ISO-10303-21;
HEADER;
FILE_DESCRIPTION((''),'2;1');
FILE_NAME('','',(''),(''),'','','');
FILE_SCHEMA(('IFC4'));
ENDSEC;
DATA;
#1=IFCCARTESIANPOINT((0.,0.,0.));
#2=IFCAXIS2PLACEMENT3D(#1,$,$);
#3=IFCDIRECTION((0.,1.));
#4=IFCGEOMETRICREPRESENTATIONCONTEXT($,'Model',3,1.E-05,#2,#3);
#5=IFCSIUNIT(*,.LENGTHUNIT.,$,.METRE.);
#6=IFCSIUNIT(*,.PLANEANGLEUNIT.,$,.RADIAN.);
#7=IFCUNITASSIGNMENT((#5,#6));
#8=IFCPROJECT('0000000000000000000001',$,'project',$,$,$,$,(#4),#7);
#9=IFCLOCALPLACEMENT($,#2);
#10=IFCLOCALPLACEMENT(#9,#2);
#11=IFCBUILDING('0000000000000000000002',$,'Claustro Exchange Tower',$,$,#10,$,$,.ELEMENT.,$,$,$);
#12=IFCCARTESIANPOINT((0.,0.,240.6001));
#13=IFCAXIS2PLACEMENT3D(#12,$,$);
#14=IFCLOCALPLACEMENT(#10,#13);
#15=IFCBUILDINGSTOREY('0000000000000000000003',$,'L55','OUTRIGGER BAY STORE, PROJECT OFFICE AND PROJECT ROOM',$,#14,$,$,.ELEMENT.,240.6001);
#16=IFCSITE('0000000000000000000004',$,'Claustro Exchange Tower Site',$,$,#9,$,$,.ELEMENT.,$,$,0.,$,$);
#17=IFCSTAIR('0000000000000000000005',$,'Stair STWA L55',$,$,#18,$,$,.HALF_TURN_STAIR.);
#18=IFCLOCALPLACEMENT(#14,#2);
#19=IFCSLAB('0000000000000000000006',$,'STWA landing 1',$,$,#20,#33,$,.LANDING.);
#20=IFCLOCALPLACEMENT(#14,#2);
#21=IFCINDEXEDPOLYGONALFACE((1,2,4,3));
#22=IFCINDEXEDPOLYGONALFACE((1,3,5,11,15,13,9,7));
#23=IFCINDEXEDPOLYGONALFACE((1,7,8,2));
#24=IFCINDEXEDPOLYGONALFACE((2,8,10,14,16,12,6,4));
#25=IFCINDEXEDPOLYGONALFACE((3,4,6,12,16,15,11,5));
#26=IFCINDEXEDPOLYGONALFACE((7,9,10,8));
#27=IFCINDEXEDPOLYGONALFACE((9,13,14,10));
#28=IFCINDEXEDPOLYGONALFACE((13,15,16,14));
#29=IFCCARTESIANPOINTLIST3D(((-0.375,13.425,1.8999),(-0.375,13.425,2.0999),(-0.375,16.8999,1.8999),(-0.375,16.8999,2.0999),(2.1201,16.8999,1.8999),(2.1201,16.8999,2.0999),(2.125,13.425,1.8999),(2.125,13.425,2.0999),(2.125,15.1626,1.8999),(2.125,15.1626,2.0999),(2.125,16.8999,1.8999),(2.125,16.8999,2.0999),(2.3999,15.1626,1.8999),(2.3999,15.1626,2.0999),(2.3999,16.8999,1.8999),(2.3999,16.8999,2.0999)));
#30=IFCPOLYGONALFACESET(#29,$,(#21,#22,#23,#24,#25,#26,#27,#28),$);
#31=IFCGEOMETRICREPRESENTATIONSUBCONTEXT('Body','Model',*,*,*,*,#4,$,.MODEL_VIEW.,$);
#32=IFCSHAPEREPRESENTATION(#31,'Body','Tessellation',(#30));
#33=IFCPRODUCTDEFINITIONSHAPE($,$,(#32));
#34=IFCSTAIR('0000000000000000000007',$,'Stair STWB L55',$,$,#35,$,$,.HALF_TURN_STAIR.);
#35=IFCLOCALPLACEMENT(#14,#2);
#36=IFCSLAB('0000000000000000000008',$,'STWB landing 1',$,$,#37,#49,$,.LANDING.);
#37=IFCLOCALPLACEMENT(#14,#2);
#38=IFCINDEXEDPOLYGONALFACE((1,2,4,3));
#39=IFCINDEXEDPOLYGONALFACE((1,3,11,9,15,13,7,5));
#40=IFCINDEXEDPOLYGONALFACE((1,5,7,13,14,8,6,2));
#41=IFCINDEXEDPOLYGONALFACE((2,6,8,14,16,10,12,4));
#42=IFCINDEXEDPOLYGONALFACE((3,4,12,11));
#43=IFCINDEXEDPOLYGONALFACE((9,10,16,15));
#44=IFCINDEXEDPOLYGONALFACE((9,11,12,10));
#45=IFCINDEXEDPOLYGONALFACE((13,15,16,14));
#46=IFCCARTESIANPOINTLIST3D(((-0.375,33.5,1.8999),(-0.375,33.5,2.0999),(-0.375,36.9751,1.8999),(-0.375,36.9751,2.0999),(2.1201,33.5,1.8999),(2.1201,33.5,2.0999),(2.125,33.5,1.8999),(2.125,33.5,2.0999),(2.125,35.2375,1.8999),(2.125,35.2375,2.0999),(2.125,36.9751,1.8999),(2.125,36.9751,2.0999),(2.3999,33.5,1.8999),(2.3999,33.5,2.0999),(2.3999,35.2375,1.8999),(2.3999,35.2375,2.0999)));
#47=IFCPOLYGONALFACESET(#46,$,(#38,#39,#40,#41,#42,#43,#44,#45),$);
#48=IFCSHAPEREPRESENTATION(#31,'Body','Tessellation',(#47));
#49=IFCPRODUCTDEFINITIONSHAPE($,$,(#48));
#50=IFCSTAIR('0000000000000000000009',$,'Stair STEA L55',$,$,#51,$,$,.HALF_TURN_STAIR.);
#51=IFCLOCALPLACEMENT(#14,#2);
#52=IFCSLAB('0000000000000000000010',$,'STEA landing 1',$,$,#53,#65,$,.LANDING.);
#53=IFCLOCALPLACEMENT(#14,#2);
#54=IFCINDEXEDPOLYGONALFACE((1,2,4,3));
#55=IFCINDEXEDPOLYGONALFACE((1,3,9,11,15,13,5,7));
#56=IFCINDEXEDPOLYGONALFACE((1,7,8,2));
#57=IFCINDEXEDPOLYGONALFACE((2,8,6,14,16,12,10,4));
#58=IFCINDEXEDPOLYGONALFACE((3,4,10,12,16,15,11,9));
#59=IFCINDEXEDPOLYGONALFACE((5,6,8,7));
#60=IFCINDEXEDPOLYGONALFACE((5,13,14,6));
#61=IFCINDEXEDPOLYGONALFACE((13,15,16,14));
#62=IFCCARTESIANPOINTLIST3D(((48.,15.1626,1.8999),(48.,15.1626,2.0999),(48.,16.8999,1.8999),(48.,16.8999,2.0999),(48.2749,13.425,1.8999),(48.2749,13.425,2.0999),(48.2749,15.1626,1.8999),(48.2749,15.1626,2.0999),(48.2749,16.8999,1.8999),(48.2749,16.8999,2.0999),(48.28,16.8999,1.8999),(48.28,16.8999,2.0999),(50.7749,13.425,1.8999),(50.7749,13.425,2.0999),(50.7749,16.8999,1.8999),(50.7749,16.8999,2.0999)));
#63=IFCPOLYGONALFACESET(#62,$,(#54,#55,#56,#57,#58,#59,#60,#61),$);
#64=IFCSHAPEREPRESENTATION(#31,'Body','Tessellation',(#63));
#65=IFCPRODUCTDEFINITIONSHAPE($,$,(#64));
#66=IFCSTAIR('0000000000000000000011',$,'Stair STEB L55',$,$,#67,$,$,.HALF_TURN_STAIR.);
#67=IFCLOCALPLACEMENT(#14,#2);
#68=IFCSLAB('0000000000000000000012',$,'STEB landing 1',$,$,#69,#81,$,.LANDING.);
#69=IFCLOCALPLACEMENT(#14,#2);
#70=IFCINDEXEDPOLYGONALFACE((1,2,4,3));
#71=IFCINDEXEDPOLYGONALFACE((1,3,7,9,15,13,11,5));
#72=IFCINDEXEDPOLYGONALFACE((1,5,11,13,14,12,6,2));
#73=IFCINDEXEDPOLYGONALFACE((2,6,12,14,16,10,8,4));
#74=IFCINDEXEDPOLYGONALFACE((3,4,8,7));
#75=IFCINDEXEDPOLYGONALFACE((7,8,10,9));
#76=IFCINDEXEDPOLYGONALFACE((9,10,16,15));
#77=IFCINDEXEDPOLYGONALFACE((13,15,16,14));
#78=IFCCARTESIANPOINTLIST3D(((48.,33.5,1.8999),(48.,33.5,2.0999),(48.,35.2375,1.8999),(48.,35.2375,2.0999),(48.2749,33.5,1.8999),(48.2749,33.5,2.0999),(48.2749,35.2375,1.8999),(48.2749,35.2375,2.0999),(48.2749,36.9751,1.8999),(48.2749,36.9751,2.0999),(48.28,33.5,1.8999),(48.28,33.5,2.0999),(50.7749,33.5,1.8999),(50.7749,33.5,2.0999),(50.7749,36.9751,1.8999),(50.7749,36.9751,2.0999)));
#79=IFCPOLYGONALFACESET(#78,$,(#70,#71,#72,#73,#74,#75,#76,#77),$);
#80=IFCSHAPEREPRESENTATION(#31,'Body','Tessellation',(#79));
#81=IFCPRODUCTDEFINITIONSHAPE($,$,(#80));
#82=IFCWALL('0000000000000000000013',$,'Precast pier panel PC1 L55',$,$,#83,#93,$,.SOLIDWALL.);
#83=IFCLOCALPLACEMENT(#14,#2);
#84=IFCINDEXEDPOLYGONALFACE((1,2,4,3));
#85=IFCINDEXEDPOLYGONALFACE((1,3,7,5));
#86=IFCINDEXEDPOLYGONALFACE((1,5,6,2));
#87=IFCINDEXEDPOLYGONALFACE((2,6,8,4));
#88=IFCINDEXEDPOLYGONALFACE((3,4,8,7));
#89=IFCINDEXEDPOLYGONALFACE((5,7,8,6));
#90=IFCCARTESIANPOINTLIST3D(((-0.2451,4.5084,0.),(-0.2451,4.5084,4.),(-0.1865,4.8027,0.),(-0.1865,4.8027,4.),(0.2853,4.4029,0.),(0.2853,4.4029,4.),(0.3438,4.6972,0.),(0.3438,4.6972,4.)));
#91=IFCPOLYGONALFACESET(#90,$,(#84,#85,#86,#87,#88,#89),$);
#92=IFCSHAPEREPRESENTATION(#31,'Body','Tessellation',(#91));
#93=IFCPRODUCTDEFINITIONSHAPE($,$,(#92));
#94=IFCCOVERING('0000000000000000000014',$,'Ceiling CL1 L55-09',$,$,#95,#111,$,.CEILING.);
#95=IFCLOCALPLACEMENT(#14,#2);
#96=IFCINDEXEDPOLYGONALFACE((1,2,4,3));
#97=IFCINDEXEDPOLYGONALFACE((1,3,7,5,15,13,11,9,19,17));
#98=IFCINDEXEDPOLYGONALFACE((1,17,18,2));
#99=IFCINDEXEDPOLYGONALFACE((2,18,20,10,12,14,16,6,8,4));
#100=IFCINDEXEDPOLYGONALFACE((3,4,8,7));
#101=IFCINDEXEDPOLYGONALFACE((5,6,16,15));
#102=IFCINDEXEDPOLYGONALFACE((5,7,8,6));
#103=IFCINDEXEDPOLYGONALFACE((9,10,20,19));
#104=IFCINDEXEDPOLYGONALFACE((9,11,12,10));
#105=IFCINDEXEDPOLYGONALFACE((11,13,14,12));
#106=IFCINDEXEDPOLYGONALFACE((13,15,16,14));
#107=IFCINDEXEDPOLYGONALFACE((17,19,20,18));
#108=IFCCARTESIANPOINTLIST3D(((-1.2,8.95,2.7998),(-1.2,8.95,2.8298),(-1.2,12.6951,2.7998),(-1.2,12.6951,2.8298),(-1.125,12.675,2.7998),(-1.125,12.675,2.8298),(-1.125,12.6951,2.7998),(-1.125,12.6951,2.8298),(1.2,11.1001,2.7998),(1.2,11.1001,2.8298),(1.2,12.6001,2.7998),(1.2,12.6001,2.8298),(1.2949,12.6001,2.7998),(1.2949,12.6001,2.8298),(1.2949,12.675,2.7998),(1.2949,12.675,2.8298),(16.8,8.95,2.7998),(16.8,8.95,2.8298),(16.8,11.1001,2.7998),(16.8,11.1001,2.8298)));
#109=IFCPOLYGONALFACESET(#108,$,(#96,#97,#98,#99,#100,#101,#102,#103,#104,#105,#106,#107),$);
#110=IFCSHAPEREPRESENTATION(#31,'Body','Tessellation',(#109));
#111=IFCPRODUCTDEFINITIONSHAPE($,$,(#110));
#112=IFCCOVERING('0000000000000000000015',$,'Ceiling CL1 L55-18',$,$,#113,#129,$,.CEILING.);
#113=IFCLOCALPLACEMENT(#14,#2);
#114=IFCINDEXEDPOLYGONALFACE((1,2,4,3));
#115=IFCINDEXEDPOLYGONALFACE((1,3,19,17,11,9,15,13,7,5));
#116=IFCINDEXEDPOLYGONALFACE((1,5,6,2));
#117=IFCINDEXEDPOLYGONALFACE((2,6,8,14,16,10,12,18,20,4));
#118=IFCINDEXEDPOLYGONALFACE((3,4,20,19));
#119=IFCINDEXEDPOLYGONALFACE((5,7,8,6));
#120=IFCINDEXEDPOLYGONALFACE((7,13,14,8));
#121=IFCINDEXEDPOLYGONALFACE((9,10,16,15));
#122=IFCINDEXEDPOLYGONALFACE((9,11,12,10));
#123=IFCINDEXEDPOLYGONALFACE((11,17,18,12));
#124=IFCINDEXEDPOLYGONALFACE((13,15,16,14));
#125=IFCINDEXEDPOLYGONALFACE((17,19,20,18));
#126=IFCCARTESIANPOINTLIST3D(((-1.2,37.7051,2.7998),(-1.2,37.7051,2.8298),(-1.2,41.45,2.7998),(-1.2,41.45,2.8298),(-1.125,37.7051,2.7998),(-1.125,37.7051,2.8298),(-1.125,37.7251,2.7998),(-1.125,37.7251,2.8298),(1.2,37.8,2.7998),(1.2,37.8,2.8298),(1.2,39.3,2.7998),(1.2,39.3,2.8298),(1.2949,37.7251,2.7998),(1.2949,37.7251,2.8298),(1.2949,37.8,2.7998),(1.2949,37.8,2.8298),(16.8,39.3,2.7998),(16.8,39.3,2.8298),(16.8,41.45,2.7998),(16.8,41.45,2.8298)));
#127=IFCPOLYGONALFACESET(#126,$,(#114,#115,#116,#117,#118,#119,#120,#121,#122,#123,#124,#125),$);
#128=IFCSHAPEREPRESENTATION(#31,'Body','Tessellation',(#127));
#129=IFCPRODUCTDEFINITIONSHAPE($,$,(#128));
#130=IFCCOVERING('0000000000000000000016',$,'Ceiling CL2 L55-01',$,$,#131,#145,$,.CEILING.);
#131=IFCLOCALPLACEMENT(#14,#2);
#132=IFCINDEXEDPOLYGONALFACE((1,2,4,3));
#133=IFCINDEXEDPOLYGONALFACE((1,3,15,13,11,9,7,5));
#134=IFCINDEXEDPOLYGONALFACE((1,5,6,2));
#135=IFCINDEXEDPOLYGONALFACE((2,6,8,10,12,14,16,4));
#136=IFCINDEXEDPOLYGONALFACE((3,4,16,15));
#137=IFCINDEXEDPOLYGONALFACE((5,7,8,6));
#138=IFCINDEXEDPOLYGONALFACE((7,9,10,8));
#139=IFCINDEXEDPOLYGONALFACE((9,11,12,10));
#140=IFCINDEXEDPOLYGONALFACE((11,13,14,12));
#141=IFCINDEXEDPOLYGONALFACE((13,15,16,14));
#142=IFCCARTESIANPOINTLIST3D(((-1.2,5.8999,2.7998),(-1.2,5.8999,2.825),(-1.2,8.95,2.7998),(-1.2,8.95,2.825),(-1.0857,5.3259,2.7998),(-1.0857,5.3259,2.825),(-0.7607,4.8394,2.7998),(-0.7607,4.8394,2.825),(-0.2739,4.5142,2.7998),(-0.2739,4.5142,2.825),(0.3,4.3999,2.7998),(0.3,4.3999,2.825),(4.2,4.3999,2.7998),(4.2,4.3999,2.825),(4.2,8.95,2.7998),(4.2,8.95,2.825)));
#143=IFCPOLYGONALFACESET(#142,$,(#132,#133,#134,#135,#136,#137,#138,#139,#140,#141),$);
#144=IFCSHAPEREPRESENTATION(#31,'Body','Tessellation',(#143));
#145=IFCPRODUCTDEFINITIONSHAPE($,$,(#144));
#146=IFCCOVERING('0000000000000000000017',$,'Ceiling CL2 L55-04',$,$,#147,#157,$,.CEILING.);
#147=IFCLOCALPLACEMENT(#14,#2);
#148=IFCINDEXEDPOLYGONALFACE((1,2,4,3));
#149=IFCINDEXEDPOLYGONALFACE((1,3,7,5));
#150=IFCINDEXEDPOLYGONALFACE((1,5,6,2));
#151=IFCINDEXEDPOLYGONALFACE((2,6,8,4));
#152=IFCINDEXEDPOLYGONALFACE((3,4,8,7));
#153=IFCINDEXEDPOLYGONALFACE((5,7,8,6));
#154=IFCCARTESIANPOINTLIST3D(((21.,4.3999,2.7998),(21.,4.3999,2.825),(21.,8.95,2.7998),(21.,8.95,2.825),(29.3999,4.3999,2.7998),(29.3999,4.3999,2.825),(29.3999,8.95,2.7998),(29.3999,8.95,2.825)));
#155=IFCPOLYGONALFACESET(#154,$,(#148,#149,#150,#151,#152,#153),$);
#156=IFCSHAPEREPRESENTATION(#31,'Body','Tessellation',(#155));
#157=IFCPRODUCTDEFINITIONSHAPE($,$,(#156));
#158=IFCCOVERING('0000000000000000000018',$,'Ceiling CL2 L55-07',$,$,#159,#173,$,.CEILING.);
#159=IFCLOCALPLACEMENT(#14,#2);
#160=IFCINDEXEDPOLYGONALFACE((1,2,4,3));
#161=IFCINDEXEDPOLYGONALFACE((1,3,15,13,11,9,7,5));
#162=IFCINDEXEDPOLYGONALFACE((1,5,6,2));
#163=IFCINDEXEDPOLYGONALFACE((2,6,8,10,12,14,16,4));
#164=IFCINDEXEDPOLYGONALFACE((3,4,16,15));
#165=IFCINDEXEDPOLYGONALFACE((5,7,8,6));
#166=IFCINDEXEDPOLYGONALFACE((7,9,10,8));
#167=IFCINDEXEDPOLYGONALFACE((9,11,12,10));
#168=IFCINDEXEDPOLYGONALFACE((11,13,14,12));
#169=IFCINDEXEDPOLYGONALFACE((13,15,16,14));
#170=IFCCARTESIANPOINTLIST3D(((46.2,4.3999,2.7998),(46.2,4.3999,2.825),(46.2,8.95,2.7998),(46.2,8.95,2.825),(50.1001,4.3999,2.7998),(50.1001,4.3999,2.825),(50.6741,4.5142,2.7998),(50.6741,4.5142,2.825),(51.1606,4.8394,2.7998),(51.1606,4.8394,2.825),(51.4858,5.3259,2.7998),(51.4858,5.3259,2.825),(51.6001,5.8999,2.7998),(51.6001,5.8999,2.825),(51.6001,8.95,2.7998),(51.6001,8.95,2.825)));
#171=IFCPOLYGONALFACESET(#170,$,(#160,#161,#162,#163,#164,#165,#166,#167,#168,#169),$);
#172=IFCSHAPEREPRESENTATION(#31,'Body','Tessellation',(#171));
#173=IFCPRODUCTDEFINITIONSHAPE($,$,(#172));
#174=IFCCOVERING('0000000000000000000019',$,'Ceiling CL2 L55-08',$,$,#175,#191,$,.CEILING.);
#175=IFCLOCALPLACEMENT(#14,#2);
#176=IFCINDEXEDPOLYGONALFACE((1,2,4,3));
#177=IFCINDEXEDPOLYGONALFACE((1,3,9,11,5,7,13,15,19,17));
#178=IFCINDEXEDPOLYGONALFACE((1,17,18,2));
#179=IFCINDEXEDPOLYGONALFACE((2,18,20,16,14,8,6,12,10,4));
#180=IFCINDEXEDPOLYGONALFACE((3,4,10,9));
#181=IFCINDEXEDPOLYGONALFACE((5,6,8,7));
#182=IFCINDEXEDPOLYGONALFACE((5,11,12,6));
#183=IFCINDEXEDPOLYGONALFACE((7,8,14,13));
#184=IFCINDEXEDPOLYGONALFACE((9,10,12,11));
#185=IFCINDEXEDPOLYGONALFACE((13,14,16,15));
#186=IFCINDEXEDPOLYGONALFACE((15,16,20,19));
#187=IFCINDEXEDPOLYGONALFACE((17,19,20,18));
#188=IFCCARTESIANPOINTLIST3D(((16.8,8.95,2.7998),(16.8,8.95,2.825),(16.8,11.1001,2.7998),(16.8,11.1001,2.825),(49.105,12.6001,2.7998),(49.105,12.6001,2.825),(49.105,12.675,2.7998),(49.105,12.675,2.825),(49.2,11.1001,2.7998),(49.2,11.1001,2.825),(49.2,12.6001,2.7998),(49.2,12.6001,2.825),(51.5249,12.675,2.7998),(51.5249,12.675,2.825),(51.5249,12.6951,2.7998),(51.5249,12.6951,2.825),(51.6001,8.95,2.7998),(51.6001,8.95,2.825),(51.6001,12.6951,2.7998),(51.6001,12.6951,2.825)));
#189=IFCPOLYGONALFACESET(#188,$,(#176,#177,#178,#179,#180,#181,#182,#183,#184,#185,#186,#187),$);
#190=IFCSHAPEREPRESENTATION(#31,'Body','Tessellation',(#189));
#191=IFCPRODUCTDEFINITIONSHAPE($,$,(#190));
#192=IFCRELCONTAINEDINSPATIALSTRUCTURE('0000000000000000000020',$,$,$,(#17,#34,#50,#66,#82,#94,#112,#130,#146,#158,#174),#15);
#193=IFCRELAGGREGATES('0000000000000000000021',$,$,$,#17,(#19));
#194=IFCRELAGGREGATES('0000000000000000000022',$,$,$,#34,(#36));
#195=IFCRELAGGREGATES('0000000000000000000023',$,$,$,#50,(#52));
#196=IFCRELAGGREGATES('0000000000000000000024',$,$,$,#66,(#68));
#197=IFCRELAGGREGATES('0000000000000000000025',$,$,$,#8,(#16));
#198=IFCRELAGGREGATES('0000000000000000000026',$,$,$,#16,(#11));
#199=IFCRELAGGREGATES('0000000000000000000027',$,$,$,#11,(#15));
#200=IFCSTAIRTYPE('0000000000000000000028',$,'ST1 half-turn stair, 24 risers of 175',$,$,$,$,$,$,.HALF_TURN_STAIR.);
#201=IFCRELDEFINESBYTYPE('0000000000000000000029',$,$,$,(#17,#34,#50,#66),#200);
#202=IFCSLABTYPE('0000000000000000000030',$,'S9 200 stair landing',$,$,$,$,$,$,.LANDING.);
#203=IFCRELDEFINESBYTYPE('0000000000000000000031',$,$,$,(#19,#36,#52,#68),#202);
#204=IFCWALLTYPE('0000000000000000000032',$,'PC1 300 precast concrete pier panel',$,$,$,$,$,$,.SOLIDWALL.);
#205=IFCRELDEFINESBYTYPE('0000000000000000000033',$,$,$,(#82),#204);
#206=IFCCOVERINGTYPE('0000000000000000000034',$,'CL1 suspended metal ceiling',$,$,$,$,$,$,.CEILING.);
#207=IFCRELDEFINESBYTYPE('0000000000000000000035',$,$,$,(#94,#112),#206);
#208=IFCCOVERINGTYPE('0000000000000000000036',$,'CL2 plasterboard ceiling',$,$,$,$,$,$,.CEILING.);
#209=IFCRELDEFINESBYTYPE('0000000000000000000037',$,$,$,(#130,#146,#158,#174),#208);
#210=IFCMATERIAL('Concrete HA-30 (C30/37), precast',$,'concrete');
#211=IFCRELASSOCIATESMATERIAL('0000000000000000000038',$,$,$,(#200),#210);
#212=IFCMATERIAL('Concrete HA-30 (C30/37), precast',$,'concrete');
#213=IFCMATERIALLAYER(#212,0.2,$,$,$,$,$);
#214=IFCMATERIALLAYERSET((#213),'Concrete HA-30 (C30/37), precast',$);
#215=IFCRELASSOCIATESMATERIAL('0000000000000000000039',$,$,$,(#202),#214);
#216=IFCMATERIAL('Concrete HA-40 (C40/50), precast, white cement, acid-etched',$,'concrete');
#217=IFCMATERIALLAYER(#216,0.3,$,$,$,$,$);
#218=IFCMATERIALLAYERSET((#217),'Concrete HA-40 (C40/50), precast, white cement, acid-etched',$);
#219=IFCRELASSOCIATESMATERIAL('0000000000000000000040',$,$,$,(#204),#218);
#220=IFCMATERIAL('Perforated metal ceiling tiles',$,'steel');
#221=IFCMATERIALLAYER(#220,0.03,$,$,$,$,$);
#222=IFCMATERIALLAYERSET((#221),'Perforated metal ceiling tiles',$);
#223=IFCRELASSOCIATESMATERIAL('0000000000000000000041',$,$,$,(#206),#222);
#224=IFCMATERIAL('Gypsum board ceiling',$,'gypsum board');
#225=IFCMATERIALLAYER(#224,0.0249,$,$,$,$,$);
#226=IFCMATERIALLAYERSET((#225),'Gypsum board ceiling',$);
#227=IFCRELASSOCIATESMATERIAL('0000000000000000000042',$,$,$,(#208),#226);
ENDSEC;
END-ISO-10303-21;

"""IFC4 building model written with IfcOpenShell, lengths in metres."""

from ifc_helpers import new_model, si_unit, direction, frame, frame_2d, origin, place, context, subcontext, project, spatial, polyline, rectangle, outline, extrude, material, layer, layer_set, type_object, element, aggregate, save


model = new_model("IFC4")

# Units and contexts
model_context = context("Model", 3, precision=1e-05, world=origin(), true_north=direction((0.0, 1.0)))
body_context = subcontext(model_context, "Body", "Model", "MODEL_VIEW")
ifc_project = project(units=[si_unit("LENGTHUNIT", "METRE"), si_unit("PLANEANGLEUNIT", "RADIAN")], contexts=[model_context])

# Site, building, storey
site_placement = place(None, origin())
site = spatial("IfcSite", under=ifc_project, at=site_placement, Name="Claustro Exchange Tower Site", CompositionType="ELEMENT", RefElevation=0.0)
building_placement = place(site_placement, origin())
building = spatial("IfcBuilding", under=site, at=building_placement, Name="Claustro Exchange Tower", CompositionType="ELEMENT")
storey_placement = place(building_placement, frame((0.0, 0.0, 240.6001)))
storey = spatial("IfcBuildingStorey", under=building, at=storey_placement, Name="L55", Description="OUTRIGGER BAY STORE, PROJECT OFFICE AND PROJECT ROOM", CompositionType="ELEMENT", Elevation=240.6001)

# Stairs, slabs
ifc_material_1 = material(Name="Concrete HA-30 (C30/37), precast", Category="concrete")
stair_type = type_object("IfcStairType", Name="ST1 half-turn stair, 24 risers of 175", PredefinedType="HALF_TURN_STAIR", material=ifc_material_1)
stair_1_placement = place(storey_placement, origin())
stair_1 = element("IfcStair", 1, at=stair_1_placement, inside=storey, type_object=stair_type, Name="Stair STWA L55", PredefinedType="HALF_TURN_STAIR")
ifc_material_2 = material(Name="Concrete HA-30 (C30/37), precast", Category="concrete")
ifc_layer_1 = layer(ifc_material_2, 0.2)
ifc_layer_set_1 = layer_set([ifc_layer_1], Name="Concrete HA-30 (C30/37), precast")
slab_type_1 = type_object("IfcSlabType", Name="S9 200 stair landing", PredefinedType="LANDING", material=ifc_layer_set_1)
slab_1_placement = place(storey_placement, frame((0.0, 0.0, 1.8999)))
slab_1 = element("IfcSlab", 2, at=slab_1_placement, type_object=slab_type_1, Name="STWA landing 1", PredefinedType="LANDING", context=body_context, shape_type="SweptSolid", body=[
    extrude(outline(polyline([(2.125, 13.425), (-0.375, 13.425), (-0.375, 16.8999), (2.1201, 16.8999), (2.125, 16.8999), (2.3999, 16.8999), (2.3999, 15.1626), (2.125, 15.1626), (2.125, 13.425)])), origin(), (0.0, 0.0, 1.0), 0.2),
])
aggregate(stair_1, [slab_1])
stair_2_placement = place(storey_placement, origin())
stair_2 = element("IfcStair", 3, at=stair_2_placement, inside=storey, type_object=stair_type, Name="Stair STWB L55", PredefinedType="HALF_TURN_STAIR")
slab_2_placement = place(storey_placement, frame((0.0, 0.0, 1.8999)))
slab_2 = element("IfcSlab", 4, at=slab_2_placement, type_object=slab_type_1, Name="STWB landing 1", PredefinedType="LANDING", context=body_context, shape_type="SweptSolid", body=[
    extrude(outline(polyline([(2.3999, 35.2375), (2.3999, 33.5), (2.125, 33.5), (2.1201, 33.5), (-0.375, 33.5), (-0.375, 36.9751), (2.125, 36.9751), (2.125, 35.2375), (2.3999, 35.2375)])), origin(), (0.0, 0.0, 1.0), 0.2),
])
aggregate(stair_2, [slab_2])
stair_3_placement = place(storey_placement, origin())
stair_3 = element("IfcStair", 5, at=stair_3_placement, inside=storey, type_object=stair_type, Name="Stair STEA L55", PredefinedType="HALF_TURN_STAIR")
slab_3_placement = place(storey_placement, frame((0.0, 0.0, 1.8999)))
slab_3 = element("IfcSlab", 6, at=slab_3_placement, type_object=slab_type_1, Name="STEA landing 1", PredefinedType="LANDING", context=body_context, shape_type="SweptSolid", body=[
    extrude(outline(polyline([(50.7749, 16.8999), (50.7749, 13.425), (48.2749, 13.425), (48.2749, 15.1626), (48.0, 15.1626), (48.0, 16.8999), (48.2749, 16.8999), (48.28, 16.8999), (50.7749, 16.8999)])), origin(), (0.0, 0.0, 1.0), 0.2),
])
aggregate(stair_3, [slab_3])
stair_4_placement = place(storey_placement, origin())
stair_4 = element("IfcStair", 7, at=stair_4_placement, inside=storey, type_object=stair_type, Name="Stair STEB L55", PredefinedType="HALF_TURN_STAIR")
slab_4_placement = place(storey_placement, frame((0.0, 0.0, 1.8999)))
slab_4 = element("IfcSlab", 8, at=slab_4_placement, type_object=slab_type_1, Name="STEB landing 1", PredefinedType="LANDING", context=body_context, shape_type="SweptSolid", body=[
    extrude(outline(polyline([(48.0, 33.5), (48.0, 35.2375), (48.2749, 35.2375), (48.2749, 36.9751), (50.7749, 36.9751), (50.7749, 33.5), (48.28, 33.5), (48.2749, 33.5), (48.0, 33.5)])), origin(), (0.0, 0.0, 1.0), 0.2),
])
aggregate(stair_4, [slab_4])

# Wall
ifc_material_3 = material(Name="Concrete HA-40 (C40/50), precast, white cement, acid-etched", Category="concrete")
ifc_layer_2 = layer(ifc_material_3, 0.3)
ifc_layer_set_2 = layer_set([ifc_layer_2], Name="Concrete HA-40 (C40/50), precast, white cement, acid-etched")
wall_type = type_object("IfcWallType", Name="PC1 300 precast concrete pier panel", PredefinedType="SOLIDWALL", material=ifc_layer_set_2)
wall_placement = place(storey_placement, frame((0.3147, 4.55, 0.0), z_axis=(0.0, 0.0, 1.0), x_axis=(-0.980789, 0.195074, 0.0)))
element("IfcWall", 9, at=wall_placement, inside=storey, type_object=wall_type, Name="Precast pier panel PC1 L55", PredefinedType="SOLIDWALL", context=body_context, shape_type="SweptSolid", body=[
    extrude(rectangle(XDim=0.5408, YDim=0.3, at=frame_2d((0.2705, 0.0))), origin(), (0.0, 0.0, 1.0), 4.0),
])

# Coverings
ifc_material_4 = material(Name="Perforated metal ceiling tiles", Category="steel")
ifc_layer_3 = layer(ifc_material_4, 0.03)
ifc_layer_set_3 = layer_set([ifc_layer_3], Name="Perforated metal ceiling tiles")
covering_type_1 = type_object("IfcCoveringType", Name="CL1 suspended metal ceiling", PredefinedType="CEILING", material=ifc_layer_set_3)
covering_1_placement = place(storey_placement, frame((0.0, 0.0, 2.7998)))
element("IfcCovering", 10, at=covering_1_placement, inside=storey, type_object=covering_type_1, Name="Ceiling CL1 L55-09", PredefinedType="CEILING", context=body_context, shape_type="SweptSolid", body=[
    extrude(outline(polyline([(1.2, 11.1001), (1.2, 12.6001), (1.2949, 12.6001), (1.2949, 12.675), (-1.125, 12.675), (-1.125, 12.6951), (-1.2, 12.6951), (-1.2, 8.95), (16.8, 8.95), (16.8, 11.1001), (1.2, 11.1001)])), origin(), (0.0, 0.0, 1.0), 0.03),
])
covering_2_placement = place(storey_placement, frame((0.0, 0.0, 2.7998)))
element("IfcCovering", 11, at=covering_2_placement, inside=storey, type_object=covering_type_1, Name="Ceiling CL1 L55-18", PredefinedType="CEILING", context=body_context, shape_type="SweptSolid", body=[
    extrude(outline(polyline([(-1.125, 37.7251), (1.2949, 37.7251), (1.2949, 37.8), (1.2, 37.8), (1.2, 39.3), (16.8, 39.3), (16.8, 41.45), (-1.2, 41.45), (-1.2, 37.7051), (-1.125, 37.7051), (-1.125, 37.7251)])), origin(), (0.0, 0.0, 1.0), 0.03),
])
ifc_material_5 = material(Name="Gypsum board ceiling", Category="gypsum board")
ifc_layer_4 = layer(ifc_material_5, 0.0249)
ifc_layer_set_4 = layer_set([ifc_layer_4], Name="Gypsum board ceiling")
covering_type_2 = type_object("IfcCoveringType", Name="CL2 plasterboard ceiling", PredefinedType="CEILING", material=ifc_layer_set_4)
covering_3_placement = place(storey_placement, frame((0.0, 0.0, 2.7998)))
element("IfcCovering", 12, at=covering_3_placement, inside=storey, type_object=covering_type_2, Name="Ceiling CL2 L55-01", PredefinedType="CEILING", context=body_context, shape_type="SweptSolid", body=[
    extrude(outline(polyline([(-1.0857, 5.3259), (-0.7607, 4.8394), (-0.2739, 4.5142), (0.3, 4.3999), (4.2, 4.3999), (4.2, 8.95), (-1.2, 8.95), (-1.2, 5.8999), (-1.0857, 5.3259)])), origin(), (0.0, 0.0, 1.0), 0.0251),
])
covering_4_placement = place(storey_placement, frame((0.0, 0.0, 2.7998)))
element("IfcCovering", 13, at=covering_4_placement, inside=storey, type_object=covering_type_2, Name="Ceiling CL2 L55-04", PredefinedType="CEILING", context=body_context, shape_type="SweptSolid", body=[
    extrude(outline(polyline([(21.0, 4.3999), (29.3999, 4.3999), (29.3999, 8.95), (21.0, 8.95), (21.0, 4.3999)])), origin(), (0.0, 0.0, 1.0), 0.0251),
])
covering_5_placement = place(storey_placement, frame((0.0, 0.0, 2.7998)))
element("IfcCovering", 14, at=covering_5_placement, inside=storey, type_object=covering_type_2, Name="Ceiling CL2 L55-07", PredefinedType="CEILING", context=body_context, shape_type="SweptSolid", body=[
    extrude(outline(polyline([(51.6001, 5.8999), (51.6001, 8.95), (46.2, 8.95), (46.2, 4.3999), (50.1001, 4.3999), (50.6741, 4.5142), (51.1606, 4.8394), (51.4858, 5.3259), (51.6001, 5.8999)])), origin(), (0.0, 0.0, 1.0), 0.0251),
])
covering_6_placement = place(storey_placement, frame((0.0, 0.0, 2.7998)))
element("IfcCovering", 15, at=covering_6_placement, inside=storey, type_object=covering_type_2, Name="Ceiling CL2 L55-08", PredefinedType="CEILING", context=body_context, shape_type="SweptSolid", body=[
    extrude(outline(polyline([(51.6001, 8.95), (51.6001, 12.6951), (51.5249, 12.6951), (51.5249, 12.675), (49.105, 12.675), (49.105, 12.6001), (49.2, 12.6001), (49.2, 11.1001), (16.8, 11.1001), (16.8, 8.95), (51.6001, 8.95)])), origin(), (0.0, 0.0, 1.0), 0.0251),
])

save(model, "model.ifc")
